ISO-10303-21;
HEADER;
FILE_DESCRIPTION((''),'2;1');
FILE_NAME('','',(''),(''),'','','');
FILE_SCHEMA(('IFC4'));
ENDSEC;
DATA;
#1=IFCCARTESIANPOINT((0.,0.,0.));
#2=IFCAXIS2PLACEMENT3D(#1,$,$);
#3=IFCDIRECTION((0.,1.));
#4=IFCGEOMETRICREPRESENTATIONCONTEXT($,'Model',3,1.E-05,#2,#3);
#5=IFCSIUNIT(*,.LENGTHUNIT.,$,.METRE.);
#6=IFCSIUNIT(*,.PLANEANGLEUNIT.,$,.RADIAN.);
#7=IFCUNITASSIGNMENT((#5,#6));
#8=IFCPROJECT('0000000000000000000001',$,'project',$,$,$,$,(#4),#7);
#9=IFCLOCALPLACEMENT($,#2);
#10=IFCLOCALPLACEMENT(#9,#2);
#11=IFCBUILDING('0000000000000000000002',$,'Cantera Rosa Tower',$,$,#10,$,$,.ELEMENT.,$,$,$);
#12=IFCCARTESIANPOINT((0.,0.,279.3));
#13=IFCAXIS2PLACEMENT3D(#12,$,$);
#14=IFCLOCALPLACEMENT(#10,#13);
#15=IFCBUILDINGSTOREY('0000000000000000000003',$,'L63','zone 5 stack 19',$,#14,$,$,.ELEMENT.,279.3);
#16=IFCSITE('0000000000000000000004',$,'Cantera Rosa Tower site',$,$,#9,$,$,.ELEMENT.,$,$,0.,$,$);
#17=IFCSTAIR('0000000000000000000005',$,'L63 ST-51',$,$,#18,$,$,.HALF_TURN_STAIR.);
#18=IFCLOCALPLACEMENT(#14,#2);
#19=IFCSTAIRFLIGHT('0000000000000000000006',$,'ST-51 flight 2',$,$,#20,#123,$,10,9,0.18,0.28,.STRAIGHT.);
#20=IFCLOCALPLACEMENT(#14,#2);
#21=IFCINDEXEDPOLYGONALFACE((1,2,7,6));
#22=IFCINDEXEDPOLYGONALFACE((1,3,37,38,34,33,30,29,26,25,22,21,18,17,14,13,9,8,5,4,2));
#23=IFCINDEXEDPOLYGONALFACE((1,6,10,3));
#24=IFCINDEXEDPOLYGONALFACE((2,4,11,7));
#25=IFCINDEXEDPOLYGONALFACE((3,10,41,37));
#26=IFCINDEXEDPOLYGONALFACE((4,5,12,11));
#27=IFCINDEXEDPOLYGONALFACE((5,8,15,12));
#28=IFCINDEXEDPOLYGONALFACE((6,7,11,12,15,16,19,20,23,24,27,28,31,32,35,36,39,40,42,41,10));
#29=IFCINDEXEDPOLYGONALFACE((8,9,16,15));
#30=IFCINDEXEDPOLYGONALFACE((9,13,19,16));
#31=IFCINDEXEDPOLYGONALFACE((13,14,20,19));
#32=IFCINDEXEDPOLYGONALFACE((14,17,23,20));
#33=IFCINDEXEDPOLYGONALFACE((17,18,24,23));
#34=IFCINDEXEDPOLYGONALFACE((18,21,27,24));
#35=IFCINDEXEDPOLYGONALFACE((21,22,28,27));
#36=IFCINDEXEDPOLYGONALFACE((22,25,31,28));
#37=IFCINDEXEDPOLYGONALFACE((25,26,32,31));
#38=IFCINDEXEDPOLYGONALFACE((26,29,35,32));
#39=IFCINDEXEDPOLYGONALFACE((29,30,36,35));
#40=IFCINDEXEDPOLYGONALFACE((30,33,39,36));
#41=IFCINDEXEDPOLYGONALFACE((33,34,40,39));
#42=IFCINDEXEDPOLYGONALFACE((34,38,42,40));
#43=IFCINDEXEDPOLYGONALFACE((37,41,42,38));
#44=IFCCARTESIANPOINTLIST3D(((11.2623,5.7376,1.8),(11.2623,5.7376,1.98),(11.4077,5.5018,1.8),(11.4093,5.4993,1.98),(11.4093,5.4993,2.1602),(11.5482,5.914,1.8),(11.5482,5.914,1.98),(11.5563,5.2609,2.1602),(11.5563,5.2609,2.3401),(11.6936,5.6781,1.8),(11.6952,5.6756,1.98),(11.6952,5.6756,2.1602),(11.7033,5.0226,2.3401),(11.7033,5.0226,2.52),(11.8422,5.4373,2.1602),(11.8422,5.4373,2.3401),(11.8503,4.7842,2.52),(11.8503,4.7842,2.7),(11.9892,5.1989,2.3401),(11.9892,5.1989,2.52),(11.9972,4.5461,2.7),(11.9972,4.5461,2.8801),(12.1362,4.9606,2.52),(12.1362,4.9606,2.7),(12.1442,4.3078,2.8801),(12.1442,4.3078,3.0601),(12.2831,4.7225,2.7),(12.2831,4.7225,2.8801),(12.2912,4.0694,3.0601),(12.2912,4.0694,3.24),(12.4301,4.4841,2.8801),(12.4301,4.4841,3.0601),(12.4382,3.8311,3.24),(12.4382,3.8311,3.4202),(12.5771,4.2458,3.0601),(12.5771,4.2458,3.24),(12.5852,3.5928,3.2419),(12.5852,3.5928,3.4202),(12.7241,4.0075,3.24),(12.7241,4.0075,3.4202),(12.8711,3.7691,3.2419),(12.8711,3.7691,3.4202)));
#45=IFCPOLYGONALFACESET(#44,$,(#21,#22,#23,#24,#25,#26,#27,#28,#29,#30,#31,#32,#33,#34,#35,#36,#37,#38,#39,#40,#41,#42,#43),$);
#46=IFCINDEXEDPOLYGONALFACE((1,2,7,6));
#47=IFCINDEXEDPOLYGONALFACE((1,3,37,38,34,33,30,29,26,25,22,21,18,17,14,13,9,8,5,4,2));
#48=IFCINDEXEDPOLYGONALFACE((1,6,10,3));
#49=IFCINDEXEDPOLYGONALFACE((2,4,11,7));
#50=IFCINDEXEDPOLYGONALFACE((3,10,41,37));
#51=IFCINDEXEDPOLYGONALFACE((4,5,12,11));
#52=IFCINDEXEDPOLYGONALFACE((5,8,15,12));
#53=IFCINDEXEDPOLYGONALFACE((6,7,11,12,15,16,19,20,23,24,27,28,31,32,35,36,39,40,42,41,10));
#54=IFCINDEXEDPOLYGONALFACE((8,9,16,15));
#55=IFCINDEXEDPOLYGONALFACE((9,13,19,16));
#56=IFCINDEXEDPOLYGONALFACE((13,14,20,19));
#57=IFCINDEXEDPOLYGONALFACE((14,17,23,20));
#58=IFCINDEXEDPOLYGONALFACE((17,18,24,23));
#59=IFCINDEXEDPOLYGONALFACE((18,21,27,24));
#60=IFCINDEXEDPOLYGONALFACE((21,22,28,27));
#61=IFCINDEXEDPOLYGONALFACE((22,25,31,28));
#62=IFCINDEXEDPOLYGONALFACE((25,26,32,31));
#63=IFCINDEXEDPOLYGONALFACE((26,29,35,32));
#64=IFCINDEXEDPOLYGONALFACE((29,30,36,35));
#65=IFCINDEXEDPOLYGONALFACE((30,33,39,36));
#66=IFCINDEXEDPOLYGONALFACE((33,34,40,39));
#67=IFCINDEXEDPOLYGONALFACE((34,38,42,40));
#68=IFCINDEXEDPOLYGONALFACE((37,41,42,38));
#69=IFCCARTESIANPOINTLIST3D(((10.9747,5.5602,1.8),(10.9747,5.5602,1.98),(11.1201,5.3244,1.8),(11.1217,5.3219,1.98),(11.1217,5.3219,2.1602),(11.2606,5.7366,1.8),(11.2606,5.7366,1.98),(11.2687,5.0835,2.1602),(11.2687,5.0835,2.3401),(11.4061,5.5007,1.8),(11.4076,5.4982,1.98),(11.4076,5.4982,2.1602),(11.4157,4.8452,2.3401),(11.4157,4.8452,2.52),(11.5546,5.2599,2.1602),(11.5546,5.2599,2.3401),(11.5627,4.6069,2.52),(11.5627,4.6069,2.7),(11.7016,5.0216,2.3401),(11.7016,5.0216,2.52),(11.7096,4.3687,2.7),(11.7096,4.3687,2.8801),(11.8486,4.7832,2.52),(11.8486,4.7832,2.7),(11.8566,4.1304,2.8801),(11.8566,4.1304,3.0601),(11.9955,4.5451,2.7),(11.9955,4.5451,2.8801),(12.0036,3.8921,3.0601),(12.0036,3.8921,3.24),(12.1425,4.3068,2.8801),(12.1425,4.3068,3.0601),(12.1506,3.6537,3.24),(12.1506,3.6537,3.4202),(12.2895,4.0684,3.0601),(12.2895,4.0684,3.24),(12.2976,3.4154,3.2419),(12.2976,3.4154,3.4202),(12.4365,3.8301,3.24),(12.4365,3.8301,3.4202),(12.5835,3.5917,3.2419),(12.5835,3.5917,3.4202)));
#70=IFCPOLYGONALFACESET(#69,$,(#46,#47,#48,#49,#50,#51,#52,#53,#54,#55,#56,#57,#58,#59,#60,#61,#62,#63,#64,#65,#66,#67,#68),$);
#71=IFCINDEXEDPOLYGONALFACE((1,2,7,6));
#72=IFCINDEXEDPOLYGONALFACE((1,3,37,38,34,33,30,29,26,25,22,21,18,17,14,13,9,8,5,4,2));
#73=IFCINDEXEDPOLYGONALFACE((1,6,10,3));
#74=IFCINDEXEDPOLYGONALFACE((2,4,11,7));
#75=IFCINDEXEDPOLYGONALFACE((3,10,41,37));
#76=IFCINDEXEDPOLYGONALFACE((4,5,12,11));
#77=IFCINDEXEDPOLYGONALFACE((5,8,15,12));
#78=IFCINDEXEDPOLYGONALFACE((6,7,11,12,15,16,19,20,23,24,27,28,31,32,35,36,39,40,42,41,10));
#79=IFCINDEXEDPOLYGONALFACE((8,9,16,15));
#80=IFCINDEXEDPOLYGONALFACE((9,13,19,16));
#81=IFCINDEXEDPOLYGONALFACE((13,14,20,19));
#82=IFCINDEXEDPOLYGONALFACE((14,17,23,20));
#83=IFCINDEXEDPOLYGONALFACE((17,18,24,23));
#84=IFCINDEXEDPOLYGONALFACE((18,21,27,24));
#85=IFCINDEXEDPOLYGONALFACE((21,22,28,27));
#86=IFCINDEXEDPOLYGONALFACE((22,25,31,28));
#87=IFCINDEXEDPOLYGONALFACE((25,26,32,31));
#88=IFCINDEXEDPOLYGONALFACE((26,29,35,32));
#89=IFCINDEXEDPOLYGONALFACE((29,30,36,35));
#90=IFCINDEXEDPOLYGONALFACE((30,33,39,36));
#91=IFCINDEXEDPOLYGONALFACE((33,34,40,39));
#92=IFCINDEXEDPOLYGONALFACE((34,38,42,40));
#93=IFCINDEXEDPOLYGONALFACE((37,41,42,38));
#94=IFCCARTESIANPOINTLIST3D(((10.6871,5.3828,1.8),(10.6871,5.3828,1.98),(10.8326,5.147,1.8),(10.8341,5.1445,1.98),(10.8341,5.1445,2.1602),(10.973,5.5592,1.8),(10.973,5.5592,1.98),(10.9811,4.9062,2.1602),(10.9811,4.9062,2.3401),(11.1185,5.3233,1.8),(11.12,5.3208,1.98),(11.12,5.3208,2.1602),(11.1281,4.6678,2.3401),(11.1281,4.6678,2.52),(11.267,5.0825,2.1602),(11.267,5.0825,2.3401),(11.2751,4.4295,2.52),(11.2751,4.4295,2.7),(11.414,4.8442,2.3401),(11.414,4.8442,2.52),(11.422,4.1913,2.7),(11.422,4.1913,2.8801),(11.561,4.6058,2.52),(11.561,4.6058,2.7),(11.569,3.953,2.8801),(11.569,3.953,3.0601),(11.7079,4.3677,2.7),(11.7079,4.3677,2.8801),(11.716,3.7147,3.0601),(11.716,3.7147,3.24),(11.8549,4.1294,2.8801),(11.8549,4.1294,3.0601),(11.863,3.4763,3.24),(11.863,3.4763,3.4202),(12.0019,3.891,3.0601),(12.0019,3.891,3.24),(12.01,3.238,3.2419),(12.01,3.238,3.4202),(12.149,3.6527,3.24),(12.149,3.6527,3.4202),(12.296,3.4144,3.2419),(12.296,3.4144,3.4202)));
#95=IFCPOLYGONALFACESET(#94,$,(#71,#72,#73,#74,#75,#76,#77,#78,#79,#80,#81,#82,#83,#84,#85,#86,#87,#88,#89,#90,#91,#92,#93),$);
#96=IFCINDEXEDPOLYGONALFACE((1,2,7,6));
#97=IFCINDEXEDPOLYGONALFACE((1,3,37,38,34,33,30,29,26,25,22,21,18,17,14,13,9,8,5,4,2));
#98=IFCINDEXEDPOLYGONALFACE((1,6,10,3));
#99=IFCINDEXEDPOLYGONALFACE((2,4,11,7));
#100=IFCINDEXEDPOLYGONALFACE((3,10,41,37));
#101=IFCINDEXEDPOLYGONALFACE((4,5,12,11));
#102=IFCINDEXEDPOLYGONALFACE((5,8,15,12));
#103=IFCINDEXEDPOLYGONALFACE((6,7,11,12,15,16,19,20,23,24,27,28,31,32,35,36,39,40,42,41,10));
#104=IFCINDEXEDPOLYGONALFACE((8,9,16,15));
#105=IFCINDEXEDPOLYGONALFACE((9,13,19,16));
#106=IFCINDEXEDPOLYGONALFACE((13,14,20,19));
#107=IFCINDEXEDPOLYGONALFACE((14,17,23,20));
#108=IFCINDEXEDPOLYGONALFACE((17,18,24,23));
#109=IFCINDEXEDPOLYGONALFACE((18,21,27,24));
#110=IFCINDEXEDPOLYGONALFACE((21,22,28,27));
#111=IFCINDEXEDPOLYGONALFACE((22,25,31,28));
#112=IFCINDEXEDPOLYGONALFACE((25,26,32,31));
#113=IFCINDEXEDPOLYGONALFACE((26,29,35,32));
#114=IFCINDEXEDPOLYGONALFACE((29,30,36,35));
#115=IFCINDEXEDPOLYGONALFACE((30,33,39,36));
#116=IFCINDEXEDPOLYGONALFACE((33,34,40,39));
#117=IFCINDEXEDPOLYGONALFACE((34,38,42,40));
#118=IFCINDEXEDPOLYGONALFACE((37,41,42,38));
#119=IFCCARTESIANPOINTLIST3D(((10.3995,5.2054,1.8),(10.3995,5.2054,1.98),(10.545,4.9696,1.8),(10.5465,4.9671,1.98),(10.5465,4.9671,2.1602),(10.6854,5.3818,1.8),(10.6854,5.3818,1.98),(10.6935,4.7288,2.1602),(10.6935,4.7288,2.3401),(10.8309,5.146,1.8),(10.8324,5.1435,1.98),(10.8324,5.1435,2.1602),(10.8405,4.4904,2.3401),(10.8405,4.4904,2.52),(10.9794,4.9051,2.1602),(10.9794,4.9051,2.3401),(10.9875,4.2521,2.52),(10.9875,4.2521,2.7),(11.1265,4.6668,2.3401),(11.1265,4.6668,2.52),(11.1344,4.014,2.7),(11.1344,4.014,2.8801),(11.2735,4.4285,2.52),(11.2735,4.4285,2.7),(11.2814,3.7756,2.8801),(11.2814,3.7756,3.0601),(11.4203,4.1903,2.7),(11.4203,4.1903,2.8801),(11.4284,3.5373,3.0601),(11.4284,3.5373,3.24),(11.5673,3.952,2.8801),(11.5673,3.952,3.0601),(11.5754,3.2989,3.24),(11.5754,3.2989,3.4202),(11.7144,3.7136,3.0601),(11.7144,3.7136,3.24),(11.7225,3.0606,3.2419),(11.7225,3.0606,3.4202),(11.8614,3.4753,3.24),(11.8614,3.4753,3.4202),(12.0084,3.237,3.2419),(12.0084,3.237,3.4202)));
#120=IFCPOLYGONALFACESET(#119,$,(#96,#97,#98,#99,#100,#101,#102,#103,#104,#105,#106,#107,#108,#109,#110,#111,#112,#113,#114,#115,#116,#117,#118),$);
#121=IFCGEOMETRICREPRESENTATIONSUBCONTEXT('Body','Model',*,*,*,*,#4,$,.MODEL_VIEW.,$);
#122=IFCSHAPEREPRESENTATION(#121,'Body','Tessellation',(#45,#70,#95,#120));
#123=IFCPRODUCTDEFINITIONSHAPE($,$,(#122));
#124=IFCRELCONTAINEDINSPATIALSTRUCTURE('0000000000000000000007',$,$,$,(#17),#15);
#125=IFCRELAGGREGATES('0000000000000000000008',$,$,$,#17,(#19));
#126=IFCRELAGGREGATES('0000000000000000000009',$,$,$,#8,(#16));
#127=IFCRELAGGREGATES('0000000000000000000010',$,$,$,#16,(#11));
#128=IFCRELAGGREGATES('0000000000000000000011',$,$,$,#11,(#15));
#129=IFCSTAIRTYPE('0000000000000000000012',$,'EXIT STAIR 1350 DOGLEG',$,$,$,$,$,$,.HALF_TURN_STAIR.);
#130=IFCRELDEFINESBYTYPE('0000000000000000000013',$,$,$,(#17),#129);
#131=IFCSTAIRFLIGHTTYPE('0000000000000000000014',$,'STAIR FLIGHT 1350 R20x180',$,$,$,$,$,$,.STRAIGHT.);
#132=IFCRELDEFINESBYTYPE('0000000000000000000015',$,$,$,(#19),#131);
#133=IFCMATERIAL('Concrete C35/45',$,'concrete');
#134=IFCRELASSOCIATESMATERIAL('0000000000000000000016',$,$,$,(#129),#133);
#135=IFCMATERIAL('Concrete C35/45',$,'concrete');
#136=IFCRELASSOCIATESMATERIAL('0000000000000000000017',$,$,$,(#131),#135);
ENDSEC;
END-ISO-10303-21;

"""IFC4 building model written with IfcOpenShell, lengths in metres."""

from ifc_helpers import new_model, si_unit, direction, frame, origin, place, context, subcontext, project, spatial, polyline, outline, extrude, material, type_object, element, aggregate, save


model = new_model("IFC4")

# Units and contexts
model_context = context("Model", 3, precision=1e-05, world=origin(), true_north=direction((0.0, 1.0)))
body_context = subcontext(model_context, "Body", "Model", "MODEL_VIEW")
ifc_project = project(units=[si_unit("LENGTHUNIT", "METRE"), si_unit("PLANEANGLEUNIT", "RADIAN")], contexts=[model_context])

# Site, building, storey
site_placement = place(None, origin())
site = spatial("IfcSite", under=ifc_project, at=site_placement, Name="Cantera Rosa Tower site", CompositionType="ELEMENT", RefElevation=0.0)
building_placement = place(site_placement, origin())
building = spatial("IfcBuilding", under=site, at=building_placement, Name="Cantera Rosa Tower", CompositionType="ELEMENT")
storey_placement = place(building_placement, frame((0.0, 0.0, 279.3)))
storey = spatial("IfcBuildingStorey", under=building, at=storey_placement, Name="L63", Description="zone 5 stack 19", CompositionType="ELEMENT", Elevation=279.3)

# Stair, stair flight
ifc_material_1 = material(Name="Concrete C35/45", Category="concrete")
stair_type = type_object("IfcStairType", Name="EXIT STAIR 1350 DOGLEG", PredefinedType="HALF_TURN_STAIR", material=ifc_material_1)
stair_placement = place(storey_placement, origin())
stair = element("IfcStair", 1, at=stair_placement, inside=storey, type_object=stair_type, Name="L63 ST-51", PredefinedType="HALF_TURN_STAIR")
ifc_material_2 = material(Name="Concrete C35/45", Category="concrete")
stair_flight_type = type_object("IfcStairFlightType", Name="STAIR FLIGHT 1350 R20x180", PredefinedType="STRAIGHT", material=ifc_material_2)
stair_flight_1_placement = place(storey_placement, frame((10.9736, 5.5596, 1.8), z_axis=(0.0, 0.0, 1.0), x_axis=(0.524977, -0.851117, 0.0)))
stair_flight_1 = element("IfcStairFlight", 2, at=stair_flight_1_placement, type_object=stair_flight_type, Name="ST-51 flight 2", NumberOfRisers=10, NumberOfTreads=9, PredefinedType="STRAIGHT", RiserHeight=0.18, TreadLength=0.28, context=body_context, shape_type="SweptSolid", body=[
    extrude(outline(polyline([(0.0, 0.0), (0.0, 0.1799), (0.28, 0.1799), (0.28, 0.3601), (0.5601, 0.3601), (0.5601, 0.54), (0.8401, 0.54), (0.8401, 0.72), (1.1201, 0.72), (1.1201, 0.8999), (1.3999, 0.8999), (1.3999, 1.0801), (1.6799, 1.0801), (1.6799, 1.26), (1.96, 1.26), (1.96, 1.4399), (2.24, 1.4399), (2.24, 1.6201), (2.52, 1.6201), (2.52, 1.8), (2.52, 1.4419), (0.2771, 0.0), (0.0, 0.0)])), frame((0.0, 0.675, 0.0), z_axis=(0.0, -1.0, 0.0), x_axis=(1.0, 0.0, 0.0)), (0.0, 0.0, 1.0), 0.3359),
    extrude(outline(polyline([(0.0, 0.0), (0.0, 0.1799), (0.28, 0.1799), (0.28, 0.3601), (0.5601, 0.3601), (0.5601, 0.54), (0.8401, 0.54), (0.8401, 0.72), (1.1201, 0.72), (1.1201, 0.8999), (1.3999, 0.8999), (1.3999, 1.0801), (1.6799, 1.0801), (1.6799, 1.26), (1.96, 1.26), (1.96, 1.4399), (2.24, 1.4399), (2.24, 1.6201), (2.52, 1.6201), (2.52, 1.8), (2.52, 1.4419), (0.2771, 0.0), (0.0, 0.0)])), frame((0.0, 0.3372, 0.0), z_axis=(0.0, -1.0, 0.0), x_axis=(1.0, 0.0, 0.0)), (0.0, 0.0, 1.0), 0.3359),
    extrude(outline(polyline([(0.0, 0.0), (0.0, 0.1799), (0.28, 0.1799), (0.28, 0.3601), (0.5601, 0.3601), (0.5601, 0.54), (0.8401, 0.54), (0.8401, 0.72), (1.1201, 0.72), (1.1201, 0.8999), (1.3999, 0.8999), (1.3999, 1.0801), (1.6799, 1.0801), (1.6799, 1.26), (1.96, 1.26), (1.96, 1.4399), (2.24, 1.4399), (2.24, 1.6201), (2.52, 1.6201), (2.52, 1.8), (2.52, 1.4419), (0.2771, 0.0), (0.0, 0.0)])), frame((0.0, -0.0007, 0.0), z_axis=(0.0, -1.0, 0.0), x_axis=(1.0, 0.0, 0.0)), (0.0, 0.0, 1.0), 0.3359),
    extrude(outline(polyline([(0.0, 0.0), (0.0, 0.1799), (0.28, 0.1799), (0.28, 0.3601), (0.5601, 0.3601), (0.5601, 0.54), (0.8401, 0.54), (0.8401, 0.72), (1.1201, 0.72), (1.1201, 0.8999), (1.3999, 0.8999), (1.3999, 1.0801), (1.6799, 1.0801), (1.6799, 1.26), (1.96, 1.26), (1.96, 1.4399), (2.24, 1.4399), (2.24, 1.6201), (2.52, 1.6201), (2.52, 1.8), (2.52, 1.4419), (0.2771, 0.0), (0.0, 0.0)])), frame((0.0, -0.3386, 0.0), z_axis=(0.0, -1.0, 0.0), x_axis=(1.0, 0.0, 0.0)), (0.0, 0.0, 1.0), 0.3359),
])
aggregate(stair, [stair_flight_1])

save(model, "model.ifc")
